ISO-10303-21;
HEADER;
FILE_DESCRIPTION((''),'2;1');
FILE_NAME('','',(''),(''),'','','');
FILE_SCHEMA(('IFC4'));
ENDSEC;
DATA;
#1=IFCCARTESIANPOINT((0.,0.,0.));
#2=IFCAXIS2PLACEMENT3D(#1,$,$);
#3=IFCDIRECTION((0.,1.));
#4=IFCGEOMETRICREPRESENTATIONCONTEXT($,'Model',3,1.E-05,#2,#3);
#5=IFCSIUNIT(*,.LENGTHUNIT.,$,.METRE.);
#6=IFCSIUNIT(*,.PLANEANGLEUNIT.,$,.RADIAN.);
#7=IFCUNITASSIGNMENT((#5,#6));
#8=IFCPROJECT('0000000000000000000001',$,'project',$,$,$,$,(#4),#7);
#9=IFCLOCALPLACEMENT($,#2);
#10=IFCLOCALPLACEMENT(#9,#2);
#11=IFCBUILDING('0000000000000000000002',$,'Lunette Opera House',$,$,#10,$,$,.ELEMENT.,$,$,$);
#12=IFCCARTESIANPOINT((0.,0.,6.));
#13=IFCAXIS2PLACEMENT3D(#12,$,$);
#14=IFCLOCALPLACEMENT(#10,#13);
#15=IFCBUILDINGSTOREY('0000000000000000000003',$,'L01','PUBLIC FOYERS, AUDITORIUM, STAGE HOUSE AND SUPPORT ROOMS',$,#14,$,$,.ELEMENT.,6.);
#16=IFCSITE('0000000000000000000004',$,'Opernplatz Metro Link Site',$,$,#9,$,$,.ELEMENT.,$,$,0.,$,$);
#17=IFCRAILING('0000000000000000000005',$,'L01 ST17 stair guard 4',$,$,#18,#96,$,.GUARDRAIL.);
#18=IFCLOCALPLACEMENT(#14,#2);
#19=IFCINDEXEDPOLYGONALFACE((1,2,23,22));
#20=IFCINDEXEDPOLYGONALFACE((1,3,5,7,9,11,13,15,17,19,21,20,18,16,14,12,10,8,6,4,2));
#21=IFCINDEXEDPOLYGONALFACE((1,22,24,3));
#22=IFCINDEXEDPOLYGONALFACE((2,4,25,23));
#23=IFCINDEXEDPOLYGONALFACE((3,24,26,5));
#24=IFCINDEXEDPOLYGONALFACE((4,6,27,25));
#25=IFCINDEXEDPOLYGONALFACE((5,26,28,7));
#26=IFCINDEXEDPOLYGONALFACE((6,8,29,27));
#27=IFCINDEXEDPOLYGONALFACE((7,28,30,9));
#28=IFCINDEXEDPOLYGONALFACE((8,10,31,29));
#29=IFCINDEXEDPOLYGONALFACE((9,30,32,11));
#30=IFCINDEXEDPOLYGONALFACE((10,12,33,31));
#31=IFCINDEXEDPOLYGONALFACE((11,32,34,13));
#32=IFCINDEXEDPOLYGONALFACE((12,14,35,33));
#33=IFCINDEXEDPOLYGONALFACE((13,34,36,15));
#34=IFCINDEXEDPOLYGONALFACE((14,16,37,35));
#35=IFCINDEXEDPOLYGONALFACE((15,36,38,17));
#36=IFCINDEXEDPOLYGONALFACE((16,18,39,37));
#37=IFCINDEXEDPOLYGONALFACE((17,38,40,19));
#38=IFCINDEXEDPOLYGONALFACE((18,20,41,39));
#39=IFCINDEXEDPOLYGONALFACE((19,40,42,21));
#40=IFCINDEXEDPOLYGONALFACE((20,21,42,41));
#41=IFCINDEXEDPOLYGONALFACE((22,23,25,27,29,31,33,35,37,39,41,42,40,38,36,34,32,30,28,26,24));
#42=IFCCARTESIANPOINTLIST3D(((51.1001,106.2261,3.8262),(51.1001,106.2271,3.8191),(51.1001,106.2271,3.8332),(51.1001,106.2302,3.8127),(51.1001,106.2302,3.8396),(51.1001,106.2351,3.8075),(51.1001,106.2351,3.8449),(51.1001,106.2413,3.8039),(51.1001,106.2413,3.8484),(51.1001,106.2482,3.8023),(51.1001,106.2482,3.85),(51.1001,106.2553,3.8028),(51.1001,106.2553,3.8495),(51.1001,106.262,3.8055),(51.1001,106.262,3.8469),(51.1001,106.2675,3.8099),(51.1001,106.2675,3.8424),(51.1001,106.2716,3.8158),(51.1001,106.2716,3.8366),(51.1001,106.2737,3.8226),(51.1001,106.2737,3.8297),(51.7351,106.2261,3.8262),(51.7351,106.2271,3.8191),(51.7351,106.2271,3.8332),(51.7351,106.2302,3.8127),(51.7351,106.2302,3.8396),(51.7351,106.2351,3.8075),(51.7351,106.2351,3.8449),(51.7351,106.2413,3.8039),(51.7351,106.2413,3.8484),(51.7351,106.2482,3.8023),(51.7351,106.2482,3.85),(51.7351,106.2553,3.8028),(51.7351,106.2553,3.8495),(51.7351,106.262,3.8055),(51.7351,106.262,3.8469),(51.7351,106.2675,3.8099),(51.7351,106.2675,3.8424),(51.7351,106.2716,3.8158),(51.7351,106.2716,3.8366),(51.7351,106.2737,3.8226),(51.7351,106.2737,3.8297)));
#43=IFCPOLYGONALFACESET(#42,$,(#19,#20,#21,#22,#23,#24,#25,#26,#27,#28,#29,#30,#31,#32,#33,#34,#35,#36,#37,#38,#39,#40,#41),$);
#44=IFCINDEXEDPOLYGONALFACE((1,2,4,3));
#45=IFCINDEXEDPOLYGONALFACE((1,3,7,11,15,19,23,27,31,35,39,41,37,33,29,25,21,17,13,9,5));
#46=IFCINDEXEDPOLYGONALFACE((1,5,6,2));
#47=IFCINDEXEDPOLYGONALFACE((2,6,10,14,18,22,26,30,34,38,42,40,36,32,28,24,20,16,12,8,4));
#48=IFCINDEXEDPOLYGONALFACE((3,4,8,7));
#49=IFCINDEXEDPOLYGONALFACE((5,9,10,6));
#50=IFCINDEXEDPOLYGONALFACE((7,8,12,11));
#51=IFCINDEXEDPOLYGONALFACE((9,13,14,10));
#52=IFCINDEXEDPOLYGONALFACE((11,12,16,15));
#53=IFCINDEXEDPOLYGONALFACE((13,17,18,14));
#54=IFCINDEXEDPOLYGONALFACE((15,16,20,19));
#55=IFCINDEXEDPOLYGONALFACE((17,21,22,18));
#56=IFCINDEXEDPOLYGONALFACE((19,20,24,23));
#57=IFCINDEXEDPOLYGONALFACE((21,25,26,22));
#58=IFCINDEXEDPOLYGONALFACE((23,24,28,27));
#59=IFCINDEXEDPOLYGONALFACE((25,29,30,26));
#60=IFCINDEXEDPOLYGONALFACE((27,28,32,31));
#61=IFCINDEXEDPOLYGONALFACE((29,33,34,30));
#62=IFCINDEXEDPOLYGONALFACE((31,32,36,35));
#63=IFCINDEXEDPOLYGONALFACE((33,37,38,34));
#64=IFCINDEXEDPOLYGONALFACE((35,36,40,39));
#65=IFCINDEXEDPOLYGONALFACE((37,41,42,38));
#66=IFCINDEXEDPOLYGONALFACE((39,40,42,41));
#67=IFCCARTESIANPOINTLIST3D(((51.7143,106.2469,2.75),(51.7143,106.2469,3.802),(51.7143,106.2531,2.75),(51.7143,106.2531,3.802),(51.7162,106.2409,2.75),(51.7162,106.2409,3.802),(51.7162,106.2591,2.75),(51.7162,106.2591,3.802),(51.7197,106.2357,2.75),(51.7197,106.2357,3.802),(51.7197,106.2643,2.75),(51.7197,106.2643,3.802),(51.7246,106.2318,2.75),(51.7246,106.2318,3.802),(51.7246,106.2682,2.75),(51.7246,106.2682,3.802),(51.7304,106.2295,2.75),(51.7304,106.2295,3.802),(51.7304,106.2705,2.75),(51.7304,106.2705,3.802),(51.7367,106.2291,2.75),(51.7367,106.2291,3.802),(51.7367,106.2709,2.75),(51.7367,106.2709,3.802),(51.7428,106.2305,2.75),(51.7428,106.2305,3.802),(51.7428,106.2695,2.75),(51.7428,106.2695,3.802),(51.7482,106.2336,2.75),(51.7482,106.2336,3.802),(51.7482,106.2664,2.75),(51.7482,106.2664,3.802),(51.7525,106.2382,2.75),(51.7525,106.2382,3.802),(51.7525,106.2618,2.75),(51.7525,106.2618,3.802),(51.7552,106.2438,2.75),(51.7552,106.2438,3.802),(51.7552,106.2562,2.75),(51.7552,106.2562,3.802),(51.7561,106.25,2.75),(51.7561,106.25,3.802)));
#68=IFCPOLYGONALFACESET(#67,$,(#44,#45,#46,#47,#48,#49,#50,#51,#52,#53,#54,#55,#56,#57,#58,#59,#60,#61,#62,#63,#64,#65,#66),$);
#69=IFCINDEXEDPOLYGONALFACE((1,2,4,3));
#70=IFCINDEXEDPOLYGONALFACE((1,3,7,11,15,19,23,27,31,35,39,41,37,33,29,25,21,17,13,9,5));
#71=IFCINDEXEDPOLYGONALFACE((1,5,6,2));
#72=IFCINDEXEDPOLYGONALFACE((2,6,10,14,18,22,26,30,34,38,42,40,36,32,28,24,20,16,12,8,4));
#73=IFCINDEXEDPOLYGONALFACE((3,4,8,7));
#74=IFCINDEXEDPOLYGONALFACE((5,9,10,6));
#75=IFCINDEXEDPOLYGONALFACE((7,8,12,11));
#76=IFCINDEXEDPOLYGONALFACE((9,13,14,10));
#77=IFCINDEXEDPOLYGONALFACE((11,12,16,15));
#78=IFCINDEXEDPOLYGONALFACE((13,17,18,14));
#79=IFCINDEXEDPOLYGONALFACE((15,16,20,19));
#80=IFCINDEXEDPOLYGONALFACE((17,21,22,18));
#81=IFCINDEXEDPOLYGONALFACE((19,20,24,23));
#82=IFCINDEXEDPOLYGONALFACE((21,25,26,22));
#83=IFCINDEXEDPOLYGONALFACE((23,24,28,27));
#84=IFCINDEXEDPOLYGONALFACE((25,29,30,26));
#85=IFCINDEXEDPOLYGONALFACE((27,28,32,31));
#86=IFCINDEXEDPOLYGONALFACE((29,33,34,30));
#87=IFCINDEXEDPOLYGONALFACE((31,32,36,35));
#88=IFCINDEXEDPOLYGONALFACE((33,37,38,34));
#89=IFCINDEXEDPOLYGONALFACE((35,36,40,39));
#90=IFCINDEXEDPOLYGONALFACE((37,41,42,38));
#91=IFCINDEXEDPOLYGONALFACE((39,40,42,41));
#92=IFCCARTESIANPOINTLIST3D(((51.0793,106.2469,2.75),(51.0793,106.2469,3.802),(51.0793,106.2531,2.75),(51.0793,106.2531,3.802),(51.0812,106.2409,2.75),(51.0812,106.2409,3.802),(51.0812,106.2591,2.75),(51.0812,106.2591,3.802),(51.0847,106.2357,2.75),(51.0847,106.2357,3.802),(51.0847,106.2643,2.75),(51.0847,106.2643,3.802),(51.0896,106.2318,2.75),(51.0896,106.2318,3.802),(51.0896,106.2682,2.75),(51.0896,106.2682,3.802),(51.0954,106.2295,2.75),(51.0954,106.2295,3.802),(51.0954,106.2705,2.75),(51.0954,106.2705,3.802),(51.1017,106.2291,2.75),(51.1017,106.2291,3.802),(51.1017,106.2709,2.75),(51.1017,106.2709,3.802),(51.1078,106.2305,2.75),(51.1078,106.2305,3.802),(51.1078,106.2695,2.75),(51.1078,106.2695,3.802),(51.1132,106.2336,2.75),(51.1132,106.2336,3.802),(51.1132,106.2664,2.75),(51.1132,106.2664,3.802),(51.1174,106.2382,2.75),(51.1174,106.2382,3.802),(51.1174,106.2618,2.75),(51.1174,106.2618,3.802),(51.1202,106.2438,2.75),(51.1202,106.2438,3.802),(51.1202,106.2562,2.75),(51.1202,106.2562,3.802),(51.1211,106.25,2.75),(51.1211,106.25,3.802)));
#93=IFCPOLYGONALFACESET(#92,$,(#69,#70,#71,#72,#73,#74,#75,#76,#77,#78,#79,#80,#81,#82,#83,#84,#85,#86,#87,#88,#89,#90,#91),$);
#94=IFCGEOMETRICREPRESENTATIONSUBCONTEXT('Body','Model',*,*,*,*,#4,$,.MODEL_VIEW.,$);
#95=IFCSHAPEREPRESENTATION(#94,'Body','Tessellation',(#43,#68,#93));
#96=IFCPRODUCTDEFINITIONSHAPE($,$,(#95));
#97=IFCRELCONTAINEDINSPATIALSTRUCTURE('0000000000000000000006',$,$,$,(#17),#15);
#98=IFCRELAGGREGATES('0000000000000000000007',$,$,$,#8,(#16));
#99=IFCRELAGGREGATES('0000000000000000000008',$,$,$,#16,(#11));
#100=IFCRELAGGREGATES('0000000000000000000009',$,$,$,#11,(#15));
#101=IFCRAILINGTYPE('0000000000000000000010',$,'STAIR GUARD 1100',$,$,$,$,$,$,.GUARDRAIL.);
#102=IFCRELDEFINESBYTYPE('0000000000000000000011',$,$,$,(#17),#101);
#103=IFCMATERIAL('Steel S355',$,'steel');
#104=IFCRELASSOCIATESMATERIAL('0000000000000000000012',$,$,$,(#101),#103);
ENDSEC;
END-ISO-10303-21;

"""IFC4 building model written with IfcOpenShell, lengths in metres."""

from ifc_helpers import new_model, si_unit, direction, frame, origin, origin_2d, place, context, subcontext, project, spatial, circle, extrude, material, type_object, element, save


model = new_model("IFC4")

# Units and contexts
model_context = context("Model", 3, precision=1e-05, world=origin(), true_north=direction((0.0, 1.0)))
body_context = subcontext(model_context, "Body", "Model", "MODEL_VIEW")
ifc_project = project(units=[si_unit("LENGTHUNIT", "METRE"), si_unit("PLANEANGLEUNIT", "RADIAN")], contexts=[model_context])

# Site, building, storey
site_placement = place(None, origin())
site = spatial("IfcSite", under=ifc_project, at=site_placement, Name="Opernplatz Metro Link Site", CompositionType="ELEMENT", RefElevation=0.0)
building_placement = place(site_placement, origin())
building = spatial("IfcBuilding", under=site, at=building_placement, Name="Lunette Opera House", CompositionType="ELEMENT")
storey_placement = place(building_placement, frame((0.0, 0.0, 6.0)))
storey = spatial("IfcBuildingStorey", under=building, at=storey_placement, Name="L01", Description="PUBLIC FOYERS, AUDITORIUM, STAGE HOUSE AND SUPPORT ROOMS", CompositionType="ELEMENT", Elevation=6.0)

# Railing
ifc_material_1 = material(Name="Steel S355", Category="steel")
railing_type_1 = type_object("IfcRailingType", Name="STAIR GUARD 1100", PredefinedType="GUARDRAIL", material=ifc_material_1)
railing_1_placement = place(storey_placement, frame((51.7351, 106.25, 2.75)))
element("IfcRailing", 1, at=railing_1_placement, inside=storey, type_object=railing_type_1, Name="L01 ST17 stair guard 4", PredefinedType="GUARDRAIL", context=body_context, shape_type="SweptSolid", body=[
    extrude(circle(Radius=0.0239, at=origin_2d()), frame((0.0, 0.0, 1.0762), z_axis=(-1.0, 0.0, 0.0), x_axis=(0.0, -1.0, 0.0)), (0.0, 0.0, 1.0), 0.635),
    extrude(circle(Radius=0.021, at=origin_2d()), origin(), (0.0, 0.0, 1.0), 1.052),
    extrude(circle(Radius=0.021, at=origin_2d()), frame((-0.635, 0.0, 0.0)), (0.0, 0.0, 1.0), 1.052),
])

save(model, "model.ifc")
